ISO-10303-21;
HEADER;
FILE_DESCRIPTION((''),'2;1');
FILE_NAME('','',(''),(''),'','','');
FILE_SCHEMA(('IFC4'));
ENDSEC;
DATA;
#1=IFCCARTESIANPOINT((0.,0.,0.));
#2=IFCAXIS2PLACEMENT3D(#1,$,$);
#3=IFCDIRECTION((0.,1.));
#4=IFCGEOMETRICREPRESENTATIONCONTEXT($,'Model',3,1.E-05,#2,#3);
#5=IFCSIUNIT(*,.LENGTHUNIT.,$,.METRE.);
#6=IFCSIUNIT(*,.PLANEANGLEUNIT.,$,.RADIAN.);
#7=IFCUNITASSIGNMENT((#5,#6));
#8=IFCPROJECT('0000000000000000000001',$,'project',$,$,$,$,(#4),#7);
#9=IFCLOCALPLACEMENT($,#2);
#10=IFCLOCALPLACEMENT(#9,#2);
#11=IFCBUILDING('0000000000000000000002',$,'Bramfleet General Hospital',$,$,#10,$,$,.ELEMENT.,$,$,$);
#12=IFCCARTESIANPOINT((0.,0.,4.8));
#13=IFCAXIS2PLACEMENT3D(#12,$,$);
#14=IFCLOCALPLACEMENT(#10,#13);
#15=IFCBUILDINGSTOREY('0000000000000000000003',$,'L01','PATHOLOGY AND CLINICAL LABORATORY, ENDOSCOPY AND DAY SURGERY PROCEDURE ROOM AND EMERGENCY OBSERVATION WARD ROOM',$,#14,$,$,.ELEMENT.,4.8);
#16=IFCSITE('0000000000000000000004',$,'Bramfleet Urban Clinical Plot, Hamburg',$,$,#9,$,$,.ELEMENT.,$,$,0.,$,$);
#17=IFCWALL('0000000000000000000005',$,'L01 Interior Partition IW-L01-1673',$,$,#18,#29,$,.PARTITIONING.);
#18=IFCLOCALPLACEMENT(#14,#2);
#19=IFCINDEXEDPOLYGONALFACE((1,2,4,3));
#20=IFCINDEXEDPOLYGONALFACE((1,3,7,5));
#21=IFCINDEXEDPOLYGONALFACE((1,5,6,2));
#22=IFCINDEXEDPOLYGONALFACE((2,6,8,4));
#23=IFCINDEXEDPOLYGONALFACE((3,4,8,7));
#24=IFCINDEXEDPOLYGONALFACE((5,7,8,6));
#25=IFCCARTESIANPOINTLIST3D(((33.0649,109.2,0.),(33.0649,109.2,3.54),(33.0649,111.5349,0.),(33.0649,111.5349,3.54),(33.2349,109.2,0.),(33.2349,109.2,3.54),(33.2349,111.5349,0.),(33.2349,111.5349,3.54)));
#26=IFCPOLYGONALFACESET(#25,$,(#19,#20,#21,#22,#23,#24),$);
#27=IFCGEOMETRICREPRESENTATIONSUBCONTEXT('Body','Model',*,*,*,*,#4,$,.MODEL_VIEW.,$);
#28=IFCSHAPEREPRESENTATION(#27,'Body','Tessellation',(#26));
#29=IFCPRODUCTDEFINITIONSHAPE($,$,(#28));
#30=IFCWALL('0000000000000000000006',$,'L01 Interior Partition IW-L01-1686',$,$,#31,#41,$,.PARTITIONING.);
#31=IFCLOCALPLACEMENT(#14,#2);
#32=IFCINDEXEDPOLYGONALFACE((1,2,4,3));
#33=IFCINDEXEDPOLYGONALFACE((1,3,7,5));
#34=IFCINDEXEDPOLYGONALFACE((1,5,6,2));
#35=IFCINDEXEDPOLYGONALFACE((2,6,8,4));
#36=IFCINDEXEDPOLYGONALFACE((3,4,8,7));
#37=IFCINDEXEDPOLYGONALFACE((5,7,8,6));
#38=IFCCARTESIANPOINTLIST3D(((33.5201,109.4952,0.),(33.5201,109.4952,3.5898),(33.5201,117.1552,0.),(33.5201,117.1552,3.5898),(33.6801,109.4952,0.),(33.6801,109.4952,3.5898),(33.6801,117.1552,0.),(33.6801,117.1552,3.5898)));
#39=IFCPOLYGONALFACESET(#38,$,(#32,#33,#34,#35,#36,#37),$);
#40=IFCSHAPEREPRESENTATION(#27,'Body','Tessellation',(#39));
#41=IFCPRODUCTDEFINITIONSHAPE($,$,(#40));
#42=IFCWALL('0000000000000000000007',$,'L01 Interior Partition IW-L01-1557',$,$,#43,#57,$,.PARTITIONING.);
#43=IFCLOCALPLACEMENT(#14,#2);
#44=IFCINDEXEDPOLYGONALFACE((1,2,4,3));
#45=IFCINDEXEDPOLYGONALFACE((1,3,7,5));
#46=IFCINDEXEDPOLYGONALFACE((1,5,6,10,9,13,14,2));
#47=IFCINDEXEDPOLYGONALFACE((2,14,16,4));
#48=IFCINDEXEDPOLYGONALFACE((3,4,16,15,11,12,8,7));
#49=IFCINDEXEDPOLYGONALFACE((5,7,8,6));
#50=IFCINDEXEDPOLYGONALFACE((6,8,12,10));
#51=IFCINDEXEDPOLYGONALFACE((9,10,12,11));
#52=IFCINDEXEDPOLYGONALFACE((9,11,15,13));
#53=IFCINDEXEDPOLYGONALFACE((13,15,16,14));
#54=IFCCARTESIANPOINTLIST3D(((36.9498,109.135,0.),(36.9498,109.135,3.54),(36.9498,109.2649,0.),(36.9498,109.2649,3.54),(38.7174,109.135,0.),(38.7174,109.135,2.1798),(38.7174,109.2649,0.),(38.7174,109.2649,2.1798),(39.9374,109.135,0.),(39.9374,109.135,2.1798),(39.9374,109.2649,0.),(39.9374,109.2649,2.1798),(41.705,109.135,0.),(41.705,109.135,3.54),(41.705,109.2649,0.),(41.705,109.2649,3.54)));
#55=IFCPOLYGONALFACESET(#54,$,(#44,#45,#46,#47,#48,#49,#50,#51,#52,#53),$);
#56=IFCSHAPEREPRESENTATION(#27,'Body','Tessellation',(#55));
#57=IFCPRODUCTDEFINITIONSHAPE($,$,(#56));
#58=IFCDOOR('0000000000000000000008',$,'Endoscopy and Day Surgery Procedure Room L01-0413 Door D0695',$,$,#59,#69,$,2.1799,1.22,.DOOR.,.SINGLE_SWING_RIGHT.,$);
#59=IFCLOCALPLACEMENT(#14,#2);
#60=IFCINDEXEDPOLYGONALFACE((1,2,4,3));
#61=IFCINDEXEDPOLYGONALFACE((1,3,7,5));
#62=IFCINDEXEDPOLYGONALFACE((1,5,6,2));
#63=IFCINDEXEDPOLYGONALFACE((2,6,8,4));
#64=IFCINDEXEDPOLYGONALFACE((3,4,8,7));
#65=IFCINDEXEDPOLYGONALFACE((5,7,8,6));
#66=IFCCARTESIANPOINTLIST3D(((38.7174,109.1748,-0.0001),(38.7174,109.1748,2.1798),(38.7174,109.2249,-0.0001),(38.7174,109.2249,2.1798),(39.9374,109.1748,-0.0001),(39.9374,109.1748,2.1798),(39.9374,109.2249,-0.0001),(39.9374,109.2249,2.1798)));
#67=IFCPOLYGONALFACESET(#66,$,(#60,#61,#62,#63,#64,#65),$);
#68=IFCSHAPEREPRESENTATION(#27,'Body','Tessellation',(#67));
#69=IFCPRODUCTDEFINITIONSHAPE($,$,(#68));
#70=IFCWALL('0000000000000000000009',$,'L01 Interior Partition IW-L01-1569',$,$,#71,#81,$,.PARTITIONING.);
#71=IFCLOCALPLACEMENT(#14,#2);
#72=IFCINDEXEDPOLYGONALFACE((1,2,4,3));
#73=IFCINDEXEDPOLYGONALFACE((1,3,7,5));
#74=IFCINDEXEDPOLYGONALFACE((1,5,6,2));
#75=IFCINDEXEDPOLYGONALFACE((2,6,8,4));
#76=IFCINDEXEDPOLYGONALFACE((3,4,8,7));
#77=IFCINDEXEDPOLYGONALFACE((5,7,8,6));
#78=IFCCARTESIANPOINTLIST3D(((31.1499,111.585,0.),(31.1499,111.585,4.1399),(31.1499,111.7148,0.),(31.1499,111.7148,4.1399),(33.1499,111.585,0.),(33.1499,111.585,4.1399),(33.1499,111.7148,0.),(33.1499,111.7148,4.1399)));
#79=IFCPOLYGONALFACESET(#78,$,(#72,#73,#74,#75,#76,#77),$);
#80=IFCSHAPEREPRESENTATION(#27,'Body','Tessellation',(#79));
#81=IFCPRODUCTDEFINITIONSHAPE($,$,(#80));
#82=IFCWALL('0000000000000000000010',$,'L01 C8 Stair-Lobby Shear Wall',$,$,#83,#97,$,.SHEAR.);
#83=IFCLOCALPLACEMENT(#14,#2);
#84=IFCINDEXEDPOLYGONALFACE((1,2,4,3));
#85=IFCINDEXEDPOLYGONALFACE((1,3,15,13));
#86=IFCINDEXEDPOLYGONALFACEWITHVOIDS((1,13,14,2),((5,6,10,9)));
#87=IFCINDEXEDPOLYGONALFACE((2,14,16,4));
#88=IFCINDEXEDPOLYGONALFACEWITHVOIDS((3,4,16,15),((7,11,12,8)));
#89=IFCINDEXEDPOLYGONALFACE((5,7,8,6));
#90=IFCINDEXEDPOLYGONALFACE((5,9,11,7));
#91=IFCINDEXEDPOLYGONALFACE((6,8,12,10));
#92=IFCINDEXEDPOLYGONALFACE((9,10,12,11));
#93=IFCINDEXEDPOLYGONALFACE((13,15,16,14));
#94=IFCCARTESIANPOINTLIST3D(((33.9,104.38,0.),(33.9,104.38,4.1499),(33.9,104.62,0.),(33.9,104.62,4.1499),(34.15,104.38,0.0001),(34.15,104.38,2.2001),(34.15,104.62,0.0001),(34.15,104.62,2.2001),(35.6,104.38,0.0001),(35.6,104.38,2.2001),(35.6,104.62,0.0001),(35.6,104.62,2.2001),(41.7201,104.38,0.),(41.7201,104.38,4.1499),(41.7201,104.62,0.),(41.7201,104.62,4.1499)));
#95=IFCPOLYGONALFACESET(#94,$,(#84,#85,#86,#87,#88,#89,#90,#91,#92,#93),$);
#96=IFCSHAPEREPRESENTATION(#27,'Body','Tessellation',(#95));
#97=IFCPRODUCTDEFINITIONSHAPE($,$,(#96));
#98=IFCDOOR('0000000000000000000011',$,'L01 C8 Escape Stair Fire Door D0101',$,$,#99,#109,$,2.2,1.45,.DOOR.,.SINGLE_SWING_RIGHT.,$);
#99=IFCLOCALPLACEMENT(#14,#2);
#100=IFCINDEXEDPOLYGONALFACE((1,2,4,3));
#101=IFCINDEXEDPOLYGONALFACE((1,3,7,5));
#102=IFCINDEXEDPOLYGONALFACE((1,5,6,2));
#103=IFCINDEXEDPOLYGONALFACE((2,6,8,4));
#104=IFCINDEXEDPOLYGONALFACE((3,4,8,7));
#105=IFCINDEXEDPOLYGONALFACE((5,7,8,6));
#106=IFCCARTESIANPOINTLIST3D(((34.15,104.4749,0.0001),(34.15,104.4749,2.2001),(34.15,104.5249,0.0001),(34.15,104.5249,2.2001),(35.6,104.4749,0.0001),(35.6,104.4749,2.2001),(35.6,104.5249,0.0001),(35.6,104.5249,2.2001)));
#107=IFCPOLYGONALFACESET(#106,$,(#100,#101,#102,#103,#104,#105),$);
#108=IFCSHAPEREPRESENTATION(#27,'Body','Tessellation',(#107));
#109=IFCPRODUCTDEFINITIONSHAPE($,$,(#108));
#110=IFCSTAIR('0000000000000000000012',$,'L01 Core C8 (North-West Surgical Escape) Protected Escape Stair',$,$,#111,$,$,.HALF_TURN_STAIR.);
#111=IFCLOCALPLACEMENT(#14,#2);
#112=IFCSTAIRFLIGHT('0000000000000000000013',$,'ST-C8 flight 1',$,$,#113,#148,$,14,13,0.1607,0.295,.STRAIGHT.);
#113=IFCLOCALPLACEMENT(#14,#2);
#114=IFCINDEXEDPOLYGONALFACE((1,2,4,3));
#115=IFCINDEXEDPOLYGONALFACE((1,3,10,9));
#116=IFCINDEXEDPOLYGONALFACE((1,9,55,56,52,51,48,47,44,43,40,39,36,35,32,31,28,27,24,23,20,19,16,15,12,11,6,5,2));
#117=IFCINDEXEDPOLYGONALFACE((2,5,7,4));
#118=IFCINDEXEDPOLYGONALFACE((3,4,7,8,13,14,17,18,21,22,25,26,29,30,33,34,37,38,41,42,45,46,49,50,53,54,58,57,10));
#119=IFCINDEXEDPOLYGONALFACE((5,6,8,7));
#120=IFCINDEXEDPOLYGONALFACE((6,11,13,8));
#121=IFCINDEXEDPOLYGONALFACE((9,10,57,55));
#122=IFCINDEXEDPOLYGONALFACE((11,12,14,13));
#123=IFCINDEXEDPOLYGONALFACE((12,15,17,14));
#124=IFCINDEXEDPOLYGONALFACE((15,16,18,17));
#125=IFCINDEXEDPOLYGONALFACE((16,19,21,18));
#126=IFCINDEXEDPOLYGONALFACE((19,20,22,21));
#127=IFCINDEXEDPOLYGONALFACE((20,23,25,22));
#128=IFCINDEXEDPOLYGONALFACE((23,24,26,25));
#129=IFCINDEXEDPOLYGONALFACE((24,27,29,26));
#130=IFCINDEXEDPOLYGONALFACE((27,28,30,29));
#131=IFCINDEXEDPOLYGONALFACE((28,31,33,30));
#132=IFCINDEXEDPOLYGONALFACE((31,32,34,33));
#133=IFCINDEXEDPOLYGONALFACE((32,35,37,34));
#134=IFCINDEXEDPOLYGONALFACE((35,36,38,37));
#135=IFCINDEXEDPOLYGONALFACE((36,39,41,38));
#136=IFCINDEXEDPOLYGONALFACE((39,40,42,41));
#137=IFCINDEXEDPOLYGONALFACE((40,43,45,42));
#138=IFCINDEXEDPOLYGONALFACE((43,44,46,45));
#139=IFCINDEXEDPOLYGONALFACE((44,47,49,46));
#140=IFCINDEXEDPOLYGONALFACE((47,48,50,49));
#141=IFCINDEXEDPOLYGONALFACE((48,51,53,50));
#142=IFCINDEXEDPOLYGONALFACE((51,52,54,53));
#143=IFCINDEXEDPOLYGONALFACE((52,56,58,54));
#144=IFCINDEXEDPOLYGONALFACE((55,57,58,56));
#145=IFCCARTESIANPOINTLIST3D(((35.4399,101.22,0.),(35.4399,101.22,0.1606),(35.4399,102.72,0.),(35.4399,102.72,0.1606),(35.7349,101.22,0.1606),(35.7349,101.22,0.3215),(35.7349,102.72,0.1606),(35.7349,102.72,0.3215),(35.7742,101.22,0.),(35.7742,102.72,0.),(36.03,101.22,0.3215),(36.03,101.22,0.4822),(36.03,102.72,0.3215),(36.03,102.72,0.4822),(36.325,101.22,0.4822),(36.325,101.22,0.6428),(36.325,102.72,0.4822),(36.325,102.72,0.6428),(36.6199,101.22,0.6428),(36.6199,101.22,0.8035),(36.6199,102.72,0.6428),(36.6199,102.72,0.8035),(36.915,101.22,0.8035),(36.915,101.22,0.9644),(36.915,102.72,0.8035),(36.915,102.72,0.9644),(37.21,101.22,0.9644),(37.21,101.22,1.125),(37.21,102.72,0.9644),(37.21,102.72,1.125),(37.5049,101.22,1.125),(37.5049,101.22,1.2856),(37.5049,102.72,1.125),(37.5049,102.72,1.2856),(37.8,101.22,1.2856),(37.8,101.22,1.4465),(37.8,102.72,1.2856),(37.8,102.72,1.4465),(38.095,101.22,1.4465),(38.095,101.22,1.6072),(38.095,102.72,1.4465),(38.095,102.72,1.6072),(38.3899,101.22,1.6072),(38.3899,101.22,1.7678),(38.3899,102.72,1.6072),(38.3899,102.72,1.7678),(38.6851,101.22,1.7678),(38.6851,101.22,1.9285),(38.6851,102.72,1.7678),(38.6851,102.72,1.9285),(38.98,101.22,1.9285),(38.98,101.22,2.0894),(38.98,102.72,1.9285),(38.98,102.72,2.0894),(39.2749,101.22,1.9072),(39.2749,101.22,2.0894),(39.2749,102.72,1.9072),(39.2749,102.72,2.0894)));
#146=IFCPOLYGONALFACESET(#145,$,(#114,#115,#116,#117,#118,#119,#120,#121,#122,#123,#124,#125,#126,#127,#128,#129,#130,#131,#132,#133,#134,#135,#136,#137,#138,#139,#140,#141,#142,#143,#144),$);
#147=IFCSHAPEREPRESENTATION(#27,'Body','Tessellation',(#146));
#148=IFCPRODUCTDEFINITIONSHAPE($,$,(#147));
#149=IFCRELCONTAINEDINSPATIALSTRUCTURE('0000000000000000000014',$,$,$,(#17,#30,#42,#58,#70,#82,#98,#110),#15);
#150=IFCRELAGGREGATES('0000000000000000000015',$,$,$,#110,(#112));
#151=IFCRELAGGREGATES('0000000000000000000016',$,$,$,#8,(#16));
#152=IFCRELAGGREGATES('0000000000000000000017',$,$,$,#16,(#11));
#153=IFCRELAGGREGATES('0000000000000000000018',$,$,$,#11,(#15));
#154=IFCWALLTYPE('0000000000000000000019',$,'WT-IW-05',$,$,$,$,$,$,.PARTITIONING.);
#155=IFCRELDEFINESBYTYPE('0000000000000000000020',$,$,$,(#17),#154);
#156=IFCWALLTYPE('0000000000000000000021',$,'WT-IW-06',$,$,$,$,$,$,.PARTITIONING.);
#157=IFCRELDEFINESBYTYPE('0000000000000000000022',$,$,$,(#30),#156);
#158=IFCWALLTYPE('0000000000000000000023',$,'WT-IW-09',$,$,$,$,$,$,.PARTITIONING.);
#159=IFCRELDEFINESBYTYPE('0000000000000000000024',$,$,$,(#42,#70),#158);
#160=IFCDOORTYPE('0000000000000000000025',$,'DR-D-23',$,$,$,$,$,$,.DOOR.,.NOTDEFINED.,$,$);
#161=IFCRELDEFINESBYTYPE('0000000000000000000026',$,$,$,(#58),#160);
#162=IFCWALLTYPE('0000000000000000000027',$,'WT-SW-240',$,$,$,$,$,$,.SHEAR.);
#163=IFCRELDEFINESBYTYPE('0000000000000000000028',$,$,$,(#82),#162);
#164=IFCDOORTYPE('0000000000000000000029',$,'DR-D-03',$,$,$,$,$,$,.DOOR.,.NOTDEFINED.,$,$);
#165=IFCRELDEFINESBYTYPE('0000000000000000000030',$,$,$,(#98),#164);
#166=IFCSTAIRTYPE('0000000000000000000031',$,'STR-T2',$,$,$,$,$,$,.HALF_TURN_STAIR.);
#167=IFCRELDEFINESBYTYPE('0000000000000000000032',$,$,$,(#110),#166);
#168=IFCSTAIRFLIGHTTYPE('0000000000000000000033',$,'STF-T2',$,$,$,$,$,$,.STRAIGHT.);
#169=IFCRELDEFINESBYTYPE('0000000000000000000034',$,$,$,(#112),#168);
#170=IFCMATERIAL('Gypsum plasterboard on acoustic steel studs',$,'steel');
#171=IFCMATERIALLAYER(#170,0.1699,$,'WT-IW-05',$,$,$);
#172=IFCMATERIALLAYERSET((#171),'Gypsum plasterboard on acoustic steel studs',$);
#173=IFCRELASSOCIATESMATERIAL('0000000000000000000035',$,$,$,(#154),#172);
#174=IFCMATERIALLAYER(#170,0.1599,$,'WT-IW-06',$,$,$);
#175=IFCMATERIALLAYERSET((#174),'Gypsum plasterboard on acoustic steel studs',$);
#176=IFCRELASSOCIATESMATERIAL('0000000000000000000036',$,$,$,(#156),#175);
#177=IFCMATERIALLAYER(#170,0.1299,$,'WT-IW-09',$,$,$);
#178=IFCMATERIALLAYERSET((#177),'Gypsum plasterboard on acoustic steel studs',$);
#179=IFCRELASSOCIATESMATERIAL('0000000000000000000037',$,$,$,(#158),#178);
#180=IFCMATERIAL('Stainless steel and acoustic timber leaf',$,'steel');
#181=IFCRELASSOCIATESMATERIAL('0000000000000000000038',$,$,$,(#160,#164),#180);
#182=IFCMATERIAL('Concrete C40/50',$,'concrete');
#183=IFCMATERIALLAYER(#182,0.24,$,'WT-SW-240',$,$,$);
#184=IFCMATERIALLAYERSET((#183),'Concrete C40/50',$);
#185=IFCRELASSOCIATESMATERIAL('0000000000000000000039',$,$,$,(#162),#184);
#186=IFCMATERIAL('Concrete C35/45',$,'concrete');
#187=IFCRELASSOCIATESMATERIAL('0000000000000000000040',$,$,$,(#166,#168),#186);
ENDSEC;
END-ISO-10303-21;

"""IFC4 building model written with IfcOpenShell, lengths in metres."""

from ifc_helpers import new_model, si_unit, direction, frame, frame_2d, origin, place, context, subcontext, project, spatial, polyline, rectangle, outline, extrude, material, layer, layer_set, type_object, element, fill, aggregate, save


model = new_model("IFC4")

# Units and contexts
model_context = context("Model", 3, precision=1e-05, world=origin(), true_north=direction((0.0, 1.0)))
body_context = subcontext(model_context, "Body", "Model", "MODEL_VIEW")
ifc_project = project(units=[si_unit("LENGTHUNIT", "METRE"), si_unit("PLANEANGLEUNIT", "RADIAN")], contexts=[model_context])

# Site, building, storey
site_placement = place(None, origin())
site = spatial("IfcSite", under=ifc_project, at=site_placement, Name="Bramfleet Urban Clinical Plot, Hamburg", CompositionType="ELEMENT", RefElevation=0.0)
building_placement = place(site_placement, origin())
building = spatial("IfcBuilding", under=site, at=building_placement, Name="Bramfleet General Hospital", CompositionType="ELEMENT")
storey_placement = place(building_placement, frame((0.0, 0.0, 4.8)))
storey = spatial("IfcBuildingStorey", under=building, at=storey_placement, Name="L01", Description="PATHOLOGY AND CLINICAL LABORATORY, ENDOSCOPY AND DAY SURGERY PROCEDURE ROOM AND EMERGENCY OBSERVATION WARD ROOM", CompositionType="ELEMENT", Elevation=4.8)

# Shared definitions
ifc_material_1 = material(Name="Concrete C40/50", Category="concrete")

# Shared definitions
ifc_material_2 = material(Name="Concrete C35/45", Category="concrete")

# Shared definitions
ifc_material_3 = material(Name="Stainless steel and acoustic timber leaf", Category="steel")

# Walls
ifc_material_4 = material(Name="Gypsum plasterboard on acoustic steel studs", Category="steel")
ifc_layer_1 = layer(ifc_material_4, 0.1699, Name="WT-IW-05")
ifc_layer_set_1 = layer_set([ifc_layer_1], Name="Gypsum plasterboard on acoustic steel studs")
wall_type_1 = type_object("IfcWallType", Name="WT-IW-05", PredefinedType="PARTITIONING", material=ifc_layer_set_1)
wall_1_placement = place(storey_placement, frame((33.1499, 109.2, 0.0), z_axis=(0.0, 0.0, 1.0), x_axis=(0.0, 1.0, 0.0)))
element("IfcWall", 1, at=wall_1_placement, inside=storey, type_object=wall_type_1, Name="L01 Interior Partition IW-L01-1673", PredefinedType="PARTITIONING", context=body_context, shape_type="SweptSolid", body=[
    extrude(rectangle(XDim=2.335, YDim=0.1699, at=frame_2d((1.1675, 0.0))), origin(), (0.0, 0.0, 1.0), 3.54),
])
ifc_layer_2 = layer(ifc_material_4, 0.1599, Name="WT-IW-06")
ifc_layer_set_2 = layer_set([ifc_layer_2], Name="Gypsum plasterboard on acoustic steel studs")
wall_type_2 = type_object("IfcWallType", Name="WT-IW-06", PredefinedType="PARTITIONING", material=ifc_layer_set_2)
wall_2_placement = place(storey_placement, frame((33.6001, 109.4951, 0.0), z_axis=(0.0, 0.0, 1.0), x_axis=(0.0, 1.0, 0.0)))
element("IfcWall", 2, at=wall_2_placement, inside=storey, type_object=wall_type_2, Name="L01 Interior Partition IW-L01-1686", PredefinedType="PARTITIONING", context=body_context, shape_type="SweptSolid", body=[
    extrude(rectangle(XDim=7.6599, YDim=0.1599, at=frame_2d((3.8301, 0.0))), origin(), (0.0, 0.0, 1.0), 3.5898),
])

# Wall, opening, door
ifc_layer_3 = layer(ifc_material_4, 0.1299, Name="WT-IW-09")
ifc_layer_set_3 = layer_set([ifc_layer_3], Name="Gypsum plasterboard on acoustic steel studs")
wall_type_3 = type_object("IfcWallType", Name="WT-IW-09", PredefinedType="PARTITIONING", material=ifc_layer_set_3)
wall_3_placement = place(storey_placement, frame((36.95, 109.2, 0.0), z_axis=(0.0, 0.0, 1.0), x_axis=(1.0, 0.0, 0.0)))
wall_3 = element("IfcWall", 3, at=wall_3_placement, inside=storey, type_object=wall_type_3, Name="L01 Interior Partition IW-L01-1557", PredefinedType="PARTITIONING", context=body_context, shape_type="SweptSolid", body=[
    extrude(rectangle(XDim=4.7551, YDim=0.1299, at=frame_2d((2.3774, 0.0))), origin(), (0.0, 0.0, 1.0), 3.54),
])
opening_1_placement = place(wall_3_placement, frame((1.7676, 0.0, 0.0)))
opening_1 = element("IfcOpeningElement", 4, at=opening_1_placement, cuts=wall_3, PredefinedType="OPENING", context=body_context, shape_type="SweptSolid", body=[
    extrude(rectangle(XDim=1.22, YDim=2.1799, at=frame_2d((0.6099, 1.0898))), frame((0.0, 0.075, 0.0), z_axis=(0.0, -1.0, 0.0), x_axis=(1.0, 0.0, 0.0)), (0.0, 0.0, 1.0), 0.1499),
])
door_type_1 = type_object("IfcDoorType", Name="DR-D-23", OperationType="NOTDEFINED", PredefinedType="DOOR", material=ifc_material_3)
door_1_placement = place(opening_1_placement, origin())
door_1 = element("IfcDoor", 5, at=door_1_placement, inside=storey, type_object=door_type_1, Name="Endoscopy and Day Surgery Procedure Room L01-0413 Door D0695", OperationType="SINGLE_SWING_RIGHT", OverallHeight=2.1799, OverallWidth=1.22, PredefinedType="DOOR", context=body_context, shape_type="SweptSolid", body=[
    extrude(rectangle(XDim=1.22, YDim=2.1799, at=frame_2d((0.6099, 1.0898))), frame((0.0, 0.0249, 0.0), z_axis=(0.0, -1.0, 0.0), x_axis=(1.0, 0.0, 0.0)), (0.0, 0.0, 1.0), 0.05),
])
fill(opening_1, door_1)

# Wall
wall_4_placement = place(storey_placement, frame((31.1499, 111.6499, 0.0), z_axis=(0.0, 0.0, 1.0), x_axis=(1.0, 0.0, 0.0)))
element("IfcWall", 6, at=wall_4_placement, inside=storey, type_object=wall_type_3, Name="L01 Interior Partition IW-L01-1569", PredefinedType="PARTITIONING", context=body_context, shape_type="SweptSolid", body=[
    extrude(rectangle(XDim=2.0, YDim=0.1299, at=frame_2d((1.0, 0.0))), origin(), (0.0, 0.0, 1.0), 4.1399),
])

# Wall, opening, door
ifc_layer_4 = layer(ifc_material_1, 0.24, Name="WT-SW-240")
ifc_layer_set_4 = layer_set([ifc_layer_4], Name="Concrete C40/50")
wall_type_4 = type_object("IfcWallType", Name="WT-SW-240", PredefinedType="SHEAR", material=ifc_layer_set_4)
wall_5_placement = place(storey_placement, frame((33.8999, 104.5, 0.0), z_axis=(0.0, 0.0, 1.0), x_axis=(1.0, 0.0, 0.0)))
wall_5 = element("IfcWall", 7, at=wall_5_placement, inside=storey, type_object=wall_type_4, Name="L01 C8 Stair-Lobby Shear Wall", PredefinedType="SHEAR", context=body_context, shape_type="SweptSolid", body=[
    extrude(rectangle(XDim=7.8201, YDim=0.24, at=frame_2d((3.9102, 0.0))), origin(), (0.0, 0.0, 1.0), 4.1499),
])
opening_2_placement = place(wall_5_placement, frame((0.25, 0.0, 0.0)))
opening_2 = element("IfcOpeningElement", 8, at=opening_2_placement, cuts=wall_5, PredefinedType="OPENING", context=body_context, shape_type="SweptSolid", body=[
    extrude(rectangle(XDim=1.45, YDim=2.2, at=frame_2d((0.7251, 1.1001))), frame((0.0, 0.1299, 0.0), z_axis=(0.0, -1.0, 0.0), x_axis=(1.0, 0.0, 0.0)), (0.0, 0.0, 1.0), 0.26),
])
door_type_2 = type_object("IfcDoorType", Name="DR-D-03", OperationType="NOTDEFINED", PredefinedType="DOOR", material=ifc_material_3)
door_2_placement = place(opening_2_placement, origin())
door_2 = element("IfcDoor", 9, at=door_2_placement, inside=storey, type_object=door_type_2, Name="L01 C8 Escape Stair Fire Door D0101", OperationType="SINGLE_SWING_RIGHT", OverallHeight=2.2, OverallWidth=1.45, PredefinedType="DOOR", context=body_context, shape_type="SweptSolid", body=[
    extrude(rectangle(XDim=1.45, YDim=2.2, at=frame_2d((0.7251, 1.1001))), frame((0.0, 0.0249, 0.0), z_axis=(0.0, -1.0, 0.0), x_axis=(1.0, 0.0, 0.0)), (0.0, 0.0, 1.0), 0.05),
])
fill(opening_2, door_2)

# Stair, stair flight
stair_type = type_object("IfcStairType", Name="STR-T2", PredefinedType="HALF_TURN_STAIR", material=ifc_material_2)
stair_placement = place(storey_placement, origin())
stair = element("IfcStair", 10, at=stair_placement, inside=storey, type_object=stair_type, Name="L01 Core C8 (North-West Surgical Escape) Protected Escape Stair", PredefinedType="HALF_TURN_STAIR")
stair_flight_type = type_object("IfcStairFlightType", Name="STF-T2", PredefinedType="STRAIGHT", material=ifc_material_2)
stair_flight_placement = place(storey_placement, frame((35.4399, 101.97, 0.0), z_axis=(0.0, 0.0, 1.0), x_axis=(1.0, 0.0, 0.0)))
stair_flight = element("IfcStairFlight", 11, at=stair_flight_placement, type_object=stair_flight_type, Name="ST-C8 flight 1", NumberOfRisers=14, NumberOfTreads=13, PredefinedType="STRAIGHT", RiserHeight=0.1607, TreadLength=0.295, context=body_context, shape_type="SweptSolid", body=[
    extrude(outline(polyline([(0.0, 0.0), (0.0, 0.1606), (0.2949, 0.1606), (0.2949, 0.3215), (0.5901, 0.3215), (0.5901, 0.4822), (0.885, 0.4822), (0.885, 0.6428), (1.1799, 0.6428), (1.1799, 0.8035), (1.4751, 0.8035), (1.4751, 0.9644), (1.77, 0.9644), (1.77, 1.125), (2.0649, 1.125), (2.0649, 1.2856), (2.3601, 1.2856), (2.3601, 1.4465), (2.655, 1.4465), (2.655, 1.6072), (2.95, 1.6072), (2.95, 1.7678), (3.2451, 1.7678), (3.2451, 1.9285), (3.54, 1.9285), (3.54, 2.0894), (3.835, 2.0894), (3.835, 2.25), (3.835, 1.9072), (0.3342, 0.0), (0.0, 0.0)])), frame((0.0, 0.75, 0.0), z_axis=(0.0, -1.0, 0.0), x_axis=(1.0, 0.0, 0.0)), (0.0, 0.0, 1.0), 1.5),
])
aggregate(stair, [stair_flight])

save(model, "model.ifc")
